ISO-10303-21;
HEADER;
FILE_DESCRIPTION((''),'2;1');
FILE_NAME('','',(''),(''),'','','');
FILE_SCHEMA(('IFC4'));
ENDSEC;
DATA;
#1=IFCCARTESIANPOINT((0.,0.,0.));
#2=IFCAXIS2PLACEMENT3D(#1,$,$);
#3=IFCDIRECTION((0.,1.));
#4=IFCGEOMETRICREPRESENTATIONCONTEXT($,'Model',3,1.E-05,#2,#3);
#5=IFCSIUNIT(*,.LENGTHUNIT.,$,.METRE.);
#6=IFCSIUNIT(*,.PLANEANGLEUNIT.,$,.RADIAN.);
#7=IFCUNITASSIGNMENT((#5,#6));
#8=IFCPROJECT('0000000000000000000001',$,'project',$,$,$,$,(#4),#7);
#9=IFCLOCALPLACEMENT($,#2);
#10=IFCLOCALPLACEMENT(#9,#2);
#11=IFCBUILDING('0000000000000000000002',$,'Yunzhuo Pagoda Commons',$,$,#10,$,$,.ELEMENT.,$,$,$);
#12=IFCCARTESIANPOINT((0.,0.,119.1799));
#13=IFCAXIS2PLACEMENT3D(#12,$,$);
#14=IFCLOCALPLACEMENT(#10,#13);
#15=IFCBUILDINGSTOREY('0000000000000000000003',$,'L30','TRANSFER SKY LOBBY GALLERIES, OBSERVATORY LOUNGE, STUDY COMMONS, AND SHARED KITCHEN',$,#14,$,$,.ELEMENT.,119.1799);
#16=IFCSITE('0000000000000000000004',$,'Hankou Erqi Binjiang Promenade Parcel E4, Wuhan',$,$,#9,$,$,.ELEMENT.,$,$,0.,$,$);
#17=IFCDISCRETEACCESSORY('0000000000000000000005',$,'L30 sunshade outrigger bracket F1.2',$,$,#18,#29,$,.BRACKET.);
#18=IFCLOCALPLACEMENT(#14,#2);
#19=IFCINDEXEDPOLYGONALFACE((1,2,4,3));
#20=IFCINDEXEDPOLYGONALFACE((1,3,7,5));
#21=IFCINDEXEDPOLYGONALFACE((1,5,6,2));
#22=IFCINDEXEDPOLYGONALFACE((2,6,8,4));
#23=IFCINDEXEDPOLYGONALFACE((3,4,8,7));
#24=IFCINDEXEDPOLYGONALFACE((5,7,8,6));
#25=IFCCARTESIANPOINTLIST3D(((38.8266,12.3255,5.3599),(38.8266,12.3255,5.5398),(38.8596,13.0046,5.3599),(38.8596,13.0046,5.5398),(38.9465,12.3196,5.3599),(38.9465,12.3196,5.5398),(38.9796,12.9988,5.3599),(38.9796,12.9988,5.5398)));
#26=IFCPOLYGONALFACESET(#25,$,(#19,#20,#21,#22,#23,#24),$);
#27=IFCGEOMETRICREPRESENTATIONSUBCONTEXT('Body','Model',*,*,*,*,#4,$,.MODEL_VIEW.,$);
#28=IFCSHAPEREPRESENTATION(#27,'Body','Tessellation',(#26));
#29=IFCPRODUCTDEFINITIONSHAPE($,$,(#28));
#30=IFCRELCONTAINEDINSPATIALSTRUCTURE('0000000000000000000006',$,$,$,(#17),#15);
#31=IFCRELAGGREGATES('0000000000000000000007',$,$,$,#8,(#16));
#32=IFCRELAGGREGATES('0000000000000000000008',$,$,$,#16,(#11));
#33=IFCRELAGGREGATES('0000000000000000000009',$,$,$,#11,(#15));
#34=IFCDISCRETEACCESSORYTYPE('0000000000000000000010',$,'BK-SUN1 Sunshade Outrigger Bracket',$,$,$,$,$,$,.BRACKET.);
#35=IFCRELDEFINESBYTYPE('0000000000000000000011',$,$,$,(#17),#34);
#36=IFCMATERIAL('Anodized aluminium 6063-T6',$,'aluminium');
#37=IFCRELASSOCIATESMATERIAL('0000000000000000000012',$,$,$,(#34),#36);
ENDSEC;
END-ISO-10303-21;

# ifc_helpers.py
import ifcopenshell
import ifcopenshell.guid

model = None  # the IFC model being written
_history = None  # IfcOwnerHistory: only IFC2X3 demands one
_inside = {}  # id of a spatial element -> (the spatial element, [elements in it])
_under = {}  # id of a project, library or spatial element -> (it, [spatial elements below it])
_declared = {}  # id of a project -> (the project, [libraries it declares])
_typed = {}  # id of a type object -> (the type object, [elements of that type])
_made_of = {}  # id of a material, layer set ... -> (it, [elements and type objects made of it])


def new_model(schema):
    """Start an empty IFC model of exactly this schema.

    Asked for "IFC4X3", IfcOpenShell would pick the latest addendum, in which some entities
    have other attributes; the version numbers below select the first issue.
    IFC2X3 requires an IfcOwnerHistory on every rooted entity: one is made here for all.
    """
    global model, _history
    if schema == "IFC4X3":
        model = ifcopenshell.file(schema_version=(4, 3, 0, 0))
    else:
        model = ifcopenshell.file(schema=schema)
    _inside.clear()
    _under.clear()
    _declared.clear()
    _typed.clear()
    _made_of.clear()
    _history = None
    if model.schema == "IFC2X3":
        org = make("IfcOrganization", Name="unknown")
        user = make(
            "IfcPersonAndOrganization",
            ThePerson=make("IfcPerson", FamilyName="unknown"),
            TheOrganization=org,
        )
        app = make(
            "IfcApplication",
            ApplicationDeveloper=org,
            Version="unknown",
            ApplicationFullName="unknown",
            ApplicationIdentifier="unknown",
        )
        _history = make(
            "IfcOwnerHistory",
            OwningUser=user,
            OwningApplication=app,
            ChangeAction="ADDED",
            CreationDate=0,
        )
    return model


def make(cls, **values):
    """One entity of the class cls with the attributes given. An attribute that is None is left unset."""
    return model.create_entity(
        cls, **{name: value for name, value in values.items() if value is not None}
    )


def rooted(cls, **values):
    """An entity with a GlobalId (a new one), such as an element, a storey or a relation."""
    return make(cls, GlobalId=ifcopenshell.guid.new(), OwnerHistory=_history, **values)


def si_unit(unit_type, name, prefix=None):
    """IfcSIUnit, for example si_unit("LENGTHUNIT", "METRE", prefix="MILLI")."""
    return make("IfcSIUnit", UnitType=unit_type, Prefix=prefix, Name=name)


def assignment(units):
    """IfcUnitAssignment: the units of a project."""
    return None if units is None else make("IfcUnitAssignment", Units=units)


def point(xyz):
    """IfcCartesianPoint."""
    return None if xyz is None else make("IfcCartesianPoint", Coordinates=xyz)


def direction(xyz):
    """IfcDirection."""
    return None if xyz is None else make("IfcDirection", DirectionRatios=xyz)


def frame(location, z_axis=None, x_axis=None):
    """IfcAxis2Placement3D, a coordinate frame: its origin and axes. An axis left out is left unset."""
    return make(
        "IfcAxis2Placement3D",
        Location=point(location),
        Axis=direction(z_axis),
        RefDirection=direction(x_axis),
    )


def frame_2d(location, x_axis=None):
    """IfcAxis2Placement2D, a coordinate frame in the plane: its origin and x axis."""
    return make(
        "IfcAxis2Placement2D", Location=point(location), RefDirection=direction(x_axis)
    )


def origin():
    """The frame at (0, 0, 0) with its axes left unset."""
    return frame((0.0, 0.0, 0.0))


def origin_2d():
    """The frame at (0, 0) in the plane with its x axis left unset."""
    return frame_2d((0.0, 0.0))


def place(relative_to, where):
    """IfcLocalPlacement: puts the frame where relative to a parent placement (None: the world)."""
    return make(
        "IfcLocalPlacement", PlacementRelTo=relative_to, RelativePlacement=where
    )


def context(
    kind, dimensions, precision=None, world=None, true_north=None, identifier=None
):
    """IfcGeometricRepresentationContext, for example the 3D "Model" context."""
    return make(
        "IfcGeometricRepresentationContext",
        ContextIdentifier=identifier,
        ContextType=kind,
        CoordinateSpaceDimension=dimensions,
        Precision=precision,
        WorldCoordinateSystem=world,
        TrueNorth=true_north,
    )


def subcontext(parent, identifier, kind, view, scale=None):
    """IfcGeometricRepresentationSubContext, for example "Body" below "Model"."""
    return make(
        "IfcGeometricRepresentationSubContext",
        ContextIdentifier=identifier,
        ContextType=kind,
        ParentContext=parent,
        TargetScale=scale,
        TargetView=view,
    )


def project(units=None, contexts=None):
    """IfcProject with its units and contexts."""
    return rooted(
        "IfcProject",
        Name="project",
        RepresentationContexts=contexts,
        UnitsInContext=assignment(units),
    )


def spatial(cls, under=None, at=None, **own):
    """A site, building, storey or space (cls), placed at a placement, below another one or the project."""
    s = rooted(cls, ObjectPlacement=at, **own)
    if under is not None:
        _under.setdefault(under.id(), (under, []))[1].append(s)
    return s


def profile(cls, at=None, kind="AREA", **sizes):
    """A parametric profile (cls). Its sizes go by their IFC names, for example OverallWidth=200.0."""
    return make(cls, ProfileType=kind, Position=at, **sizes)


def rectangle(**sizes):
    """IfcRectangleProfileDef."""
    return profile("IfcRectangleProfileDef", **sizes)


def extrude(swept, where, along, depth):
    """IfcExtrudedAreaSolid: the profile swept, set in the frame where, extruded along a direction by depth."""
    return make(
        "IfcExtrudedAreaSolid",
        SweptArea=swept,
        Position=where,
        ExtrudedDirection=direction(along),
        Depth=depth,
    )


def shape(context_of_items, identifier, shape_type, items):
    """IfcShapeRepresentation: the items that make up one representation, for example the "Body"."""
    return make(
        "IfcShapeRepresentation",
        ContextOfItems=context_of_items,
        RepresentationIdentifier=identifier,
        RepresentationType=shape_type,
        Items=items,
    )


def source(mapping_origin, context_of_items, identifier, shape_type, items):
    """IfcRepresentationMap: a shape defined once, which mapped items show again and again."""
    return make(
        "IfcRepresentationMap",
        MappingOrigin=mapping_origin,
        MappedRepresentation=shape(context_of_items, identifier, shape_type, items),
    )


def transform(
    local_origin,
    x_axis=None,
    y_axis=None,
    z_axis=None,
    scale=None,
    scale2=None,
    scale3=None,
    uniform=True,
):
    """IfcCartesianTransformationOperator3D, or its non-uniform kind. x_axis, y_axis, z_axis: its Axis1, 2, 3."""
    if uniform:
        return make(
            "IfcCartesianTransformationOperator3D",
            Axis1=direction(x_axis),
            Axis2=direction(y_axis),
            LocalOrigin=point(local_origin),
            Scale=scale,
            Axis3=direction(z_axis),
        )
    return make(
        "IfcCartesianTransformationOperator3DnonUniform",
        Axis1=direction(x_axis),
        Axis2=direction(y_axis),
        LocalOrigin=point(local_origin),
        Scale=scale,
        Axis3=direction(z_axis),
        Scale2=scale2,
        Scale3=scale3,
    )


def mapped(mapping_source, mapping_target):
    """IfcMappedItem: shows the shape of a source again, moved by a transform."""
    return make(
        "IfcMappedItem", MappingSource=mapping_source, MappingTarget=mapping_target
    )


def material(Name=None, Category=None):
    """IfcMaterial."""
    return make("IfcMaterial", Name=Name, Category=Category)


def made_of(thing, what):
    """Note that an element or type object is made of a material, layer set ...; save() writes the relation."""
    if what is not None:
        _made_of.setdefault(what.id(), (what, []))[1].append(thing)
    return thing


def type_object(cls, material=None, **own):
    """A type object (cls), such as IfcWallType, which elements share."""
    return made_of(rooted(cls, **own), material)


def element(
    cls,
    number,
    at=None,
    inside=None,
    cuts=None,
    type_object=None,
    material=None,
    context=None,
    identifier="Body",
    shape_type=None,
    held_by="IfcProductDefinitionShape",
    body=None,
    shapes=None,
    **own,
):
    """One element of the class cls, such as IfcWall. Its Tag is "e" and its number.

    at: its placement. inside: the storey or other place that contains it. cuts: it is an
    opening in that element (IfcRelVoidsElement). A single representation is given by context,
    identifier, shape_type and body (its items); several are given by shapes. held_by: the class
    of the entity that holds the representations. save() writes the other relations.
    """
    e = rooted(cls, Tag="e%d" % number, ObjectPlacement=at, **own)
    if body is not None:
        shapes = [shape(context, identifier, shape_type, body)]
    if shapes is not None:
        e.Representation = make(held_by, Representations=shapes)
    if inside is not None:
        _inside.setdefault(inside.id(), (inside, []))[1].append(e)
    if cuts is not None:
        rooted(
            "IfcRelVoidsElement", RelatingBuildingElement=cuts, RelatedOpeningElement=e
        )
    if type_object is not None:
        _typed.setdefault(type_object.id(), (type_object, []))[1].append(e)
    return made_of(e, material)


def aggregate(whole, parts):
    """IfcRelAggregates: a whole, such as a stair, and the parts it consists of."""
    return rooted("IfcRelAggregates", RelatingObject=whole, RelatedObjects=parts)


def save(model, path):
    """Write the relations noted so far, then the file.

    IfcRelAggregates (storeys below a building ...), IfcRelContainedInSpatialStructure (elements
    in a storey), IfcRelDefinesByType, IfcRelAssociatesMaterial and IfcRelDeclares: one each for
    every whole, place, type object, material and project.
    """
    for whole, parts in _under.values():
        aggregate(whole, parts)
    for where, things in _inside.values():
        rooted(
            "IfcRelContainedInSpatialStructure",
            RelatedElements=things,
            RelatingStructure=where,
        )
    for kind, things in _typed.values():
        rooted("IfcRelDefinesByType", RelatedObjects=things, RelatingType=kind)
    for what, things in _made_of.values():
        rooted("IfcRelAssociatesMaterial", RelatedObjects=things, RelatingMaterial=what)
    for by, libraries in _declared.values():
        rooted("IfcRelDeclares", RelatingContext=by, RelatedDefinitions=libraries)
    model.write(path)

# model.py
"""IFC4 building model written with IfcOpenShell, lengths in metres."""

from ifc_helpers import new_model, si_unit, direction, frame, origin, origin_2d, place, context, subcontext, project, spatial, rectangle, extrude, source, transform, mapped, material, type_object, element, save


model = new_model("IFC4")

# Units and contexts
model_context = context("Model", 3, precision=1e-05, world=origin(), true_north=direction((0.0, 1.0)))
body_context = subcontext(model_context, "Body", "Model", "MODEL_VIEW")
ifc_project = project(units=[si_unit("LENGTHUNIT", "METRE"), si_unit("PLANEANGLEUNIT", "RADIAN")], contexts=[model_context])

# Site, building, storey
site_placement = place(None, origin())
site = spatial("IfcSite", under=ifc_project, at=site_placement, Name="Hankou Erqi Binjiang Promenade Parcel E4, Wuhan", CompositionType="ELEMENT", RefElevation=0.0)
building_placement = place(site_placement, origin())
building = spatial("IfcBuilding", under=site, at=building_placement, Name="Yunzhuo Pagoda Commons", CompositionType="ELEMENT")
storey_placement = place(building_placement, frame((0.0, 0.0, 119.1799)))
storey = spatial("IfcBuildingStorey", under=building, at=storey_placement, Name="L30", Description="TRANSFER SKY LOBBY GALLERIES, OBSERVATORY LOUNGE, STUDY COMMONS, AND SHARED KITCHEN", CompositionType="ELEMENT", Elevation=119.1799)

# Shared definitions
ifc_material_1 = material(Name="Anodized aluminium 6063-T6", Category="aluminium")

# Discrete accessory
discrete_accessory_type = type_object("IfcDiscreteAccessoryType", Name="BK-SUN1 Sunshade Outrigger Bracket", PredefinedType="BRACKET", material=ifc_material_1)
shared_shape_1 = source(origin(), body_context, "Body", "SweptSolid", [
    extrude(rectangle(XDim=0.1201, YDim=0.6799, at=origin_2d()), origin(), (0.0, 0.0, 1.0), 0.1799),
])
discrete_accessory_placement = place(storey_placement, frame((38.9031, 12.6621, 5.3599), z_axis=(0.0, 0.0, 1.0), x_axis=(0.998818, -0.048606, 0.0)))
element("IfcDiscreteAccessory", 1, at=discrete_accessory_placement, inside=storey, type_object=discrete_accessory_type, Name="L30 sunshade outrigger bracket F1.2", PredefinedType="BRACKET", context=body_context, shape_type="MappedRepresentation", body=[
    mapped(shared_shape_1, transform((0.0, 0.0, 0.0), scale=1.0)),
])

save(model, "model.ifc")
